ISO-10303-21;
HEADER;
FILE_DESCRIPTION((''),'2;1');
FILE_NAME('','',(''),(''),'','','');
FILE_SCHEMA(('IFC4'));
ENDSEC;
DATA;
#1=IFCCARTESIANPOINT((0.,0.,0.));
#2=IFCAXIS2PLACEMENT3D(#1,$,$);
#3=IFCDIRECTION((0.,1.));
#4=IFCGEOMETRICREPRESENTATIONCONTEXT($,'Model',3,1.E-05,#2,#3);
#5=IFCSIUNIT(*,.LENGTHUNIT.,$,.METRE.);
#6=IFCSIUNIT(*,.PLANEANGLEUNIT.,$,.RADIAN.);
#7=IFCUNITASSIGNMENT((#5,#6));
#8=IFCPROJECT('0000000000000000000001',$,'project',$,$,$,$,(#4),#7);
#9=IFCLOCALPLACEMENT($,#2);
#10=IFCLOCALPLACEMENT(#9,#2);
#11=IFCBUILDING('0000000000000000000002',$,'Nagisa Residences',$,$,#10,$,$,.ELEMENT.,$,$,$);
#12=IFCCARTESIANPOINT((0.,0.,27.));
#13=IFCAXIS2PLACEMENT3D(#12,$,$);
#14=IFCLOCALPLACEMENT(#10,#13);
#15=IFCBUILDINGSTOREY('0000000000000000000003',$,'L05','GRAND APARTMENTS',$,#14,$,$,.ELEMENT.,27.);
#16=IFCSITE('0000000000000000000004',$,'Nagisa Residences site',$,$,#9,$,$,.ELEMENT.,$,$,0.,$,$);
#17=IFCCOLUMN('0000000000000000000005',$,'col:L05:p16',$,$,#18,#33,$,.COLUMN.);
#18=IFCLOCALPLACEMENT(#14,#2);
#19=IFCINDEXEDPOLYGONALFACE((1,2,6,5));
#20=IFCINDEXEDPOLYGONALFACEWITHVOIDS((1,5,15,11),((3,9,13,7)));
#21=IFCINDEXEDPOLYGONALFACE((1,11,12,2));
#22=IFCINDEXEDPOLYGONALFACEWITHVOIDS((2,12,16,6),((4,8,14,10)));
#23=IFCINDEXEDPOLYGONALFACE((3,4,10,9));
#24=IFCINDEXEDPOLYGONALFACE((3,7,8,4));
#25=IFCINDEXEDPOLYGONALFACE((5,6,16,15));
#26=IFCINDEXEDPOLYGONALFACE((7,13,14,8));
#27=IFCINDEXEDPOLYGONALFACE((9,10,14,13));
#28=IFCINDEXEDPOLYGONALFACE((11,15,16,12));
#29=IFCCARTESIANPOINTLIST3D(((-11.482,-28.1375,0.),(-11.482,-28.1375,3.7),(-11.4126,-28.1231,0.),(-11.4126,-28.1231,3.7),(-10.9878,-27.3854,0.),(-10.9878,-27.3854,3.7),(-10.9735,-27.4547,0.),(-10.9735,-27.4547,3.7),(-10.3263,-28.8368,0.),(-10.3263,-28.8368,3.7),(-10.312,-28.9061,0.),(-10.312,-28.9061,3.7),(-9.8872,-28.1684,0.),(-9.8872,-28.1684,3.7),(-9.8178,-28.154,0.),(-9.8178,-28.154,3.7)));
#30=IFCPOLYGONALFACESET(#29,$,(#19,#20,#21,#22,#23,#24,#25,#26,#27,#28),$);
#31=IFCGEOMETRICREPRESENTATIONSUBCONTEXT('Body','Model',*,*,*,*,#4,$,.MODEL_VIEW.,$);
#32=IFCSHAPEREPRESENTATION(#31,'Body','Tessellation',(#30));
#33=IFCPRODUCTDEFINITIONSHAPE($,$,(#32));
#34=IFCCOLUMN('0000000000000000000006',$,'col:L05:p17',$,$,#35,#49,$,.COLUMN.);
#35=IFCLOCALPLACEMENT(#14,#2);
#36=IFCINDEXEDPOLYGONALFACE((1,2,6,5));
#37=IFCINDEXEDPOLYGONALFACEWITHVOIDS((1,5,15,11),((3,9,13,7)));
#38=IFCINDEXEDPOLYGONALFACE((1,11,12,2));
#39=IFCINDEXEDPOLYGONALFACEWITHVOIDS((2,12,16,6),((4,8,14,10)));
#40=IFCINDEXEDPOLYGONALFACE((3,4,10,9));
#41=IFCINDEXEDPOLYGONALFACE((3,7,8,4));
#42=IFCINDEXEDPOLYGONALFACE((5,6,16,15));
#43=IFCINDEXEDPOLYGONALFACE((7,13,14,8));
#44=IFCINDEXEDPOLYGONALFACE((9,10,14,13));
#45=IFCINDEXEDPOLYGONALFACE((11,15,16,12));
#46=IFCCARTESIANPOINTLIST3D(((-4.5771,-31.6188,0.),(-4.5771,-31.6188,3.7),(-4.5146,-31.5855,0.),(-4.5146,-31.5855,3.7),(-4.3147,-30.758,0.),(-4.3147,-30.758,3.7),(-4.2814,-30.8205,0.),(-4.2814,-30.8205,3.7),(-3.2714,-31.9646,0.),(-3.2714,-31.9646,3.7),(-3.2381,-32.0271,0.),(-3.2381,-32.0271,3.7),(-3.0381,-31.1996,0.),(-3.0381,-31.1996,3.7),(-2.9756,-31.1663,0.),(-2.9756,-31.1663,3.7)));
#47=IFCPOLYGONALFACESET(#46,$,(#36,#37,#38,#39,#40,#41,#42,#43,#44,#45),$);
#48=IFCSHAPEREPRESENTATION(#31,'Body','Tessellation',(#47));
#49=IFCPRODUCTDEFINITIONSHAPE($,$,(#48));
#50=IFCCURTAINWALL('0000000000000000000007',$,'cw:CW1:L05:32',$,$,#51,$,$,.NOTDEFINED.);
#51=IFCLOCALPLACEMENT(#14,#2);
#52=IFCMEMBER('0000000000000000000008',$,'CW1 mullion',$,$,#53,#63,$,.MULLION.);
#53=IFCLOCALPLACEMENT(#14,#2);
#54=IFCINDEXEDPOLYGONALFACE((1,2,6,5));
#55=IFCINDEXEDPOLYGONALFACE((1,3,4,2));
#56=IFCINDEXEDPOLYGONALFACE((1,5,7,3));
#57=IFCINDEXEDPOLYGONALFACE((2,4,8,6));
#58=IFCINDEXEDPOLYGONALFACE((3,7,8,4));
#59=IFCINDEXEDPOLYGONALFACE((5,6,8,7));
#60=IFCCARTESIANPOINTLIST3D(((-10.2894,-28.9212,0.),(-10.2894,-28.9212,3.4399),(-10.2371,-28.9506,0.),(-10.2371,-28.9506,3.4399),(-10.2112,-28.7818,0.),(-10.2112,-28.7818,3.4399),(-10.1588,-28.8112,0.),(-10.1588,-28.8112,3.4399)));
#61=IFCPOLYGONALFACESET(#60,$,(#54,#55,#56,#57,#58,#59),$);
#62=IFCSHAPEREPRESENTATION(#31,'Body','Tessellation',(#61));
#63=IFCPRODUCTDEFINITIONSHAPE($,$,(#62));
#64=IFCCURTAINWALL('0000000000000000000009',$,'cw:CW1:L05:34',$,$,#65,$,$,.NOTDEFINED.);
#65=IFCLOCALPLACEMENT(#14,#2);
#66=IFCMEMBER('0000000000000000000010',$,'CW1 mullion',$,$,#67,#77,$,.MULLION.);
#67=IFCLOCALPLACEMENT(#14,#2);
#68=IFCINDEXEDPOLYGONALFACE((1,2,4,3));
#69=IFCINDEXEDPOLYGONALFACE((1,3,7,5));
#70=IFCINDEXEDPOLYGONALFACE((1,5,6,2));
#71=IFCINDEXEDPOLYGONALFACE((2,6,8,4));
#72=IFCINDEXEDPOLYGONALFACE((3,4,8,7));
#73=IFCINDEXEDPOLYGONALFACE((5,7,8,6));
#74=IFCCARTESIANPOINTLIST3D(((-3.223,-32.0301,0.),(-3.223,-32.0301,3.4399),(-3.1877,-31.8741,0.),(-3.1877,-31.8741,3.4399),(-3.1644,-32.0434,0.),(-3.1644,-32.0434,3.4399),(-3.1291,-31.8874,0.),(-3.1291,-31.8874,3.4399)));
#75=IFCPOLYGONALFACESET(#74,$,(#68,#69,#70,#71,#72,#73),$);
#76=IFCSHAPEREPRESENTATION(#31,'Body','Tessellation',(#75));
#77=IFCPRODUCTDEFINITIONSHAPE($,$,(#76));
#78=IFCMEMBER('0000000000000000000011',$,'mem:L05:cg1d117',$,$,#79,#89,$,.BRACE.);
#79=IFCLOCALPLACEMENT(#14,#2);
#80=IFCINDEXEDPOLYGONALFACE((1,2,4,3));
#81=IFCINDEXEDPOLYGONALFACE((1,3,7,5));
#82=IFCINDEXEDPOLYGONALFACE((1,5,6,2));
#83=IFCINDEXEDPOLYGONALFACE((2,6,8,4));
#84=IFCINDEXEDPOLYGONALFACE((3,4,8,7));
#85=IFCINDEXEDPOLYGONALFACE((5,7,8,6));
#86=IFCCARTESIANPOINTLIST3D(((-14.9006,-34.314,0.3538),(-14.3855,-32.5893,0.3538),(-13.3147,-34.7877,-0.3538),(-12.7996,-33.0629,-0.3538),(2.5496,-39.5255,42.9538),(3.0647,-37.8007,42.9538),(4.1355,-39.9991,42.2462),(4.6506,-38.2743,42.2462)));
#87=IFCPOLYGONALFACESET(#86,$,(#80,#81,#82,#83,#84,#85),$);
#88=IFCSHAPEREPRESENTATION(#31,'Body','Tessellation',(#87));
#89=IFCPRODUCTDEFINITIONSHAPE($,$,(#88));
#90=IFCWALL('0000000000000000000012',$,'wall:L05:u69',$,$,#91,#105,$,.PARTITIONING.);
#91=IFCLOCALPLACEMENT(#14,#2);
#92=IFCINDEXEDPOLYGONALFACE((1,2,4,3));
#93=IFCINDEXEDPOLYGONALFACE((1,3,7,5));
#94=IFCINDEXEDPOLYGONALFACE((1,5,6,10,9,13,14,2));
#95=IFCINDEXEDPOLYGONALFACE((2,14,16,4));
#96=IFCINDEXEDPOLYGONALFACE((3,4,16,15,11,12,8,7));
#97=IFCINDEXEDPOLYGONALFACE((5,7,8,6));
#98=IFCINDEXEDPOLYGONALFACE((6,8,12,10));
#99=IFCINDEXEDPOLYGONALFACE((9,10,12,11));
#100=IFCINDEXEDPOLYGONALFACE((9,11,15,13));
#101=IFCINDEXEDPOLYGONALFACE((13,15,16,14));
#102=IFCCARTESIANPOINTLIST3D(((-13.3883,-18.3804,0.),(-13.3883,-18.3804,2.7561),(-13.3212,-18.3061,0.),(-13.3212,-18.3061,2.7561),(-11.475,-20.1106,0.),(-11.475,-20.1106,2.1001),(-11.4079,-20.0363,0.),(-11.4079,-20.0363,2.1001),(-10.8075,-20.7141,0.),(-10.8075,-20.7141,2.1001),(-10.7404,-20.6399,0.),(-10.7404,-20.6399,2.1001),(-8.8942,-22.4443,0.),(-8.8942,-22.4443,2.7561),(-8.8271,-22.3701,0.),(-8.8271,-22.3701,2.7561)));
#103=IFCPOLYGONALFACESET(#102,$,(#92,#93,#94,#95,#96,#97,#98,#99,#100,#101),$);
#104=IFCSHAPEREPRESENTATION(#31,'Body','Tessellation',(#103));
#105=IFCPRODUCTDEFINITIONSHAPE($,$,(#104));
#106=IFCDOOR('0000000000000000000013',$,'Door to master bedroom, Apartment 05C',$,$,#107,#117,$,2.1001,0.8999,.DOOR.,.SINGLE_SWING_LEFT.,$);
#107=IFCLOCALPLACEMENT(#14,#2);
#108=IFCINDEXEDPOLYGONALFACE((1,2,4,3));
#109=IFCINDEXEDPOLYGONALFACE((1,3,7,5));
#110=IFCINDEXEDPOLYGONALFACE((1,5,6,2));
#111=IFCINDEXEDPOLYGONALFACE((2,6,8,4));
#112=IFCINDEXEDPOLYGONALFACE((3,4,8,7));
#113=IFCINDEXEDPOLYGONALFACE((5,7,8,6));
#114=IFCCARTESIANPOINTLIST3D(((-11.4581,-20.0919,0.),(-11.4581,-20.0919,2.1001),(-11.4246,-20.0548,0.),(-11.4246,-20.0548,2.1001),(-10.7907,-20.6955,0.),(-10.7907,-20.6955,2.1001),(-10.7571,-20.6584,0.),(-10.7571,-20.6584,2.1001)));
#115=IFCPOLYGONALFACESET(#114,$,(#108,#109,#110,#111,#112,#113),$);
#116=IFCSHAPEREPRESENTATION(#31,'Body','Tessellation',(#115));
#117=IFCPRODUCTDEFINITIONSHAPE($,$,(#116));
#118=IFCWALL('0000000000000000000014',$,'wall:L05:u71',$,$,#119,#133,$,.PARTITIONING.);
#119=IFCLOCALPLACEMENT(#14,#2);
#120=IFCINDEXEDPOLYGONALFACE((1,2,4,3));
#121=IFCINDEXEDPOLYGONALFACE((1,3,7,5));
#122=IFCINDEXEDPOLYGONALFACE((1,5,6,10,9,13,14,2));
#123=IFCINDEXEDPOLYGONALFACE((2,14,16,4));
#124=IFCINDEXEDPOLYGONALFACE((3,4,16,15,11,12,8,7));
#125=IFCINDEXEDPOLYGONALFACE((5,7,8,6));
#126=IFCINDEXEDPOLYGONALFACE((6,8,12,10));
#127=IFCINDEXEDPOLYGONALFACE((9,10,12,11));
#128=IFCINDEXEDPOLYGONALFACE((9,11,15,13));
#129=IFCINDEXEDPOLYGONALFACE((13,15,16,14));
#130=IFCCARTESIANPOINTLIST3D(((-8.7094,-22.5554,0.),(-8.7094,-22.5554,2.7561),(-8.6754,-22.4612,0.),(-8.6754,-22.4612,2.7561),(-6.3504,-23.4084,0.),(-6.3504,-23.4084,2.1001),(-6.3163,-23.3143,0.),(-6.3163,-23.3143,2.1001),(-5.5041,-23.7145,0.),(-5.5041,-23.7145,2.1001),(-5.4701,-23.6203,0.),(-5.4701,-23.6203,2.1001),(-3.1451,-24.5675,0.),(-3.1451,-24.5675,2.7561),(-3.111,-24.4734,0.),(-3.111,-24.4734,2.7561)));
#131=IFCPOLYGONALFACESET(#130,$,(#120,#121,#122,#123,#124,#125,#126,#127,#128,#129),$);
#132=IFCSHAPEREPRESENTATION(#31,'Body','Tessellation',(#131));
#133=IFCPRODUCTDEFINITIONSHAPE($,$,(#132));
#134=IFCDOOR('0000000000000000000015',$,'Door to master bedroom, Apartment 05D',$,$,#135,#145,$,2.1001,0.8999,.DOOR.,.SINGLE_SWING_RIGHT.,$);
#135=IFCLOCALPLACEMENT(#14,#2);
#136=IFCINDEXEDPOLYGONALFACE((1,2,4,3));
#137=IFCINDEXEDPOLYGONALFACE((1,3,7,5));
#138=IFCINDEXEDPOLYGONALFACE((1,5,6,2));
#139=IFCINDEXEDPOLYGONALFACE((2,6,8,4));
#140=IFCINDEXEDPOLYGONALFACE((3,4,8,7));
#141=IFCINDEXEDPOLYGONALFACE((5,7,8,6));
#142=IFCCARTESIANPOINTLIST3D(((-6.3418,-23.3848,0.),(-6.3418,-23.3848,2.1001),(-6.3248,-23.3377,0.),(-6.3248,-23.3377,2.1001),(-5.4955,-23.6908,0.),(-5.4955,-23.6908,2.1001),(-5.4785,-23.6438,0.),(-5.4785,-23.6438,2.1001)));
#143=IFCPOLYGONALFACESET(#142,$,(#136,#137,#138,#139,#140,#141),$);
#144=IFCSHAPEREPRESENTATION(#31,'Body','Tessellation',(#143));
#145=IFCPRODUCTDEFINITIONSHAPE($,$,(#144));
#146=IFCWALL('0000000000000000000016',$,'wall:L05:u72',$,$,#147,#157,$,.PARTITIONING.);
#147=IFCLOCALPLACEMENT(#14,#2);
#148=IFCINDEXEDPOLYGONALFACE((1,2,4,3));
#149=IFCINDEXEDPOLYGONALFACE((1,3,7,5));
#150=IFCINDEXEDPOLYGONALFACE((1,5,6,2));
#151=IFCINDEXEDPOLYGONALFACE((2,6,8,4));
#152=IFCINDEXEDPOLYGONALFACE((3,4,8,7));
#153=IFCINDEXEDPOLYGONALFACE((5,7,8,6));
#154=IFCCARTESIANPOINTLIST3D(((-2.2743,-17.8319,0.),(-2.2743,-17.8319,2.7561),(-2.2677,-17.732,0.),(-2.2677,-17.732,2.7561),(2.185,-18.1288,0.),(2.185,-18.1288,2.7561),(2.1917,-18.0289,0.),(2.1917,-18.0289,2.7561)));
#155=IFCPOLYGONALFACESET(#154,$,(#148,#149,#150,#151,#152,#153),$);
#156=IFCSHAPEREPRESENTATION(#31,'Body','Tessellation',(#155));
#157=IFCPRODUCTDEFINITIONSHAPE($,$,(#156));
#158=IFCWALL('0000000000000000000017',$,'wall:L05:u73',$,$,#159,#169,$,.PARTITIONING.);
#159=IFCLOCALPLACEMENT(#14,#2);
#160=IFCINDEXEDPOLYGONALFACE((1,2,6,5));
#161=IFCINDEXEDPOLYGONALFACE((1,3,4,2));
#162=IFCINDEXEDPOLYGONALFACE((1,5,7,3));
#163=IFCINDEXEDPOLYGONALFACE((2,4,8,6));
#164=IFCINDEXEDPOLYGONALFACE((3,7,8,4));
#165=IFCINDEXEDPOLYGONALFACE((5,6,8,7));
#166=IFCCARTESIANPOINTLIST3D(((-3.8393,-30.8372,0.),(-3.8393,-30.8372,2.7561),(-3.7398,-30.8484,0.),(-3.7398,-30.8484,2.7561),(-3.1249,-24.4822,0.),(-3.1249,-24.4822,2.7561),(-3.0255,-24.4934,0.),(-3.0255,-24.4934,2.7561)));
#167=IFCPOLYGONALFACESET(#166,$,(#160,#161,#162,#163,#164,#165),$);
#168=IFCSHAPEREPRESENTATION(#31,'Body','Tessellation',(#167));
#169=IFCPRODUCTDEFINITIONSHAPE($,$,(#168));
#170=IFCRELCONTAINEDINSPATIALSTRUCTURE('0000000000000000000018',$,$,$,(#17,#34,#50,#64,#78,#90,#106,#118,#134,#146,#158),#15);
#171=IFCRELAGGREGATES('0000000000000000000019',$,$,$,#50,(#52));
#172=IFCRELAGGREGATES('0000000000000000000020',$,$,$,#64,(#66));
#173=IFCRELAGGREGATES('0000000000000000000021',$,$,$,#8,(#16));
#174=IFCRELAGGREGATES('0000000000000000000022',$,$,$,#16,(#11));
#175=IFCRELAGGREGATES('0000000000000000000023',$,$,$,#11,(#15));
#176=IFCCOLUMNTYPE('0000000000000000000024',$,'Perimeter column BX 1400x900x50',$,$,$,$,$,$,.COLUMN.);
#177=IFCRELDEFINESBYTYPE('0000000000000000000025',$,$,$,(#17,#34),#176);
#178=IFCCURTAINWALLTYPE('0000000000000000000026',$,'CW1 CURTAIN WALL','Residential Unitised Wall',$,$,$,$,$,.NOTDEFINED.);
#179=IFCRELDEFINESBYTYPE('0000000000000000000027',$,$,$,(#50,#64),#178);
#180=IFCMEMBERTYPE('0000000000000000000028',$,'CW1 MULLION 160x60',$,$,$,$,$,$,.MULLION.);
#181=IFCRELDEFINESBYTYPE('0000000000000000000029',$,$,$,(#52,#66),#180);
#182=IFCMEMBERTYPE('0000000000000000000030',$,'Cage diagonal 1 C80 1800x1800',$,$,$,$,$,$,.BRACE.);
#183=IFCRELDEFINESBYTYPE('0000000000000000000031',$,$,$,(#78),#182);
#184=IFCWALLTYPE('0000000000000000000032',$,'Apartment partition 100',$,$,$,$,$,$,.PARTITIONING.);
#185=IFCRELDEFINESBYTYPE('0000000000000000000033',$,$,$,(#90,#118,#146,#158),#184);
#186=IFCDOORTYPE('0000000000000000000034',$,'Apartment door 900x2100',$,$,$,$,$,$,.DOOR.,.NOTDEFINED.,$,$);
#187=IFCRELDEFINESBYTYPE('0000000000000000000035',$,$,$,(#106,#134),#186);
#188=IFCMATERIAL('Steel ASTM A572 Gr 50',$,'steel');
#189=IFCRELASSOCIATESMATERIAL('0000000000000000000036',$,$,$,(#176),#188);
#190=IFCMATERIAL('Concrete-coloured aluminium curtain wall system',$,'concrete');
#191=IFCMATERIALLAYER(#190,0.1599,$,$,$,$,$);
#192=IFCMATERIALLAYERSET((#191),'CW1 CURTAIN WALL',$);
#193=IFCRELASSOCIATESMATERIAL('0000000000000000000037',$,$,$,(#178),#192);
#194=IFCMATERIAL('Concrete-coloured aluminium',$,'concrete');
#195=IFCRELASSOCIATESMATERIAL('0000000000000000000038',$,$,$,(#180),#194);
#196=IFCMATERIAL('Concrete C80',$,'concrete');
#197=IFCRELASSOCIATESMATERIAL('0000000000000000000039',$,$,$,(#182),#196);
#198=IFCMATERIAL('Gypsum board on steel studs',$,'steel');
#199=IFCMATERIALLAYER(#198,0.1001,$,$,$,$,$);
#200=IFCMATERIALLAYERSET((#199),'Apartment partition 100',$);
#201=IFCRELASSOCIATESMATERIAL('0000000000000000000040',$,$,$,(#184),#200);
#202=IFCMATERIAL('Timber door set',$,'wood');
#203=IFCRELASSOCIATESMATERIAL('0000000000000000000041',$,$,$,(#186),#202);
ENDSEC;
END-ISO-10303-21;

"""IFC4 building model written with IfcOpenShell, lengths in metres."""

from ifc_helpers import new_model, si_unit, direction, frame, frame_2d, origin, origin_2d, place, context, subcontext, project, spatial, rectangle, hollow_rectangle, extrude, material, layer, layer_set, material_profile, profile_set, type_object, element, fill, aggregate, save


model = new_model("IFC4")

# Units and contexts
model_context = context("Model", 3, precision=1e-05, world=origin(), true_north=direction((0.0, 1.0)))
body_context = subcontext(model_context, "Body", "Model", "MODEL_VIEW")
ifc_project = project(units=[si_unit("LENGTHUNIT", "METRE"), si_unit("PLANEANGLEUNIT", "RADIAN")], contexts=[model_context])

# Site, building, storey
site_placement = place(None, origin())
site = spatial("IfcSite", under=ifc_project, at=site_placement, Name="Nagisa Residences site", CompositionType="ELEMENT", RefElevation=0.0)
building_placement = place(site_placement, origin())
building = spatial("IfcBuilding", under=site, at=building_placement, Name="Nagisa Residences", CompositionType="ELEMENT")
storey_placement = place(building_placement, frame((0.0, 0.0, 27.0)))
storey = spatial("IfcBuildingStorey", under=building, at=storey_placement, Name="L05", Description="GRAND APARTMENTS", CompositionType="ELEMENT", Elevation=27.0)

# Columns
ifc_material_1 = material(Name="Steel ASTM A572 Gr 50", Category="steel")
ifc_material_profile_1 = material_profile(ifc_material_1, hollow_rectangle(XDim=1.3999, YDim=0.8999, WallThickness=0.05, at=origin_2d()), Name="BX 1400x900x50")
ifc_profile_set_1 = profile_set([ifc_material_profile_1], Name="Steel ASTM A572 Gr 50")
column_type = type_object("IfcColumnType", Name="Perimeter column BX 1400x900x50", PredefinedType="COLUMN", material=ifc_profile_set_1)
for number, where, z_axis, x_axis, name in (
    (1, (-10.6499, -28.1458, 0.0), (0.0, 0.0, 1.0), (0.835766, -0.549086, 0.0), "col:L05:p16"),
    (2, (-3.7764, -31.3926, 0.0), (0.0, 0.0, 1.0), (0.956525, -0.291652, 0.0), "col:L05:p17"),
):
    element("IfcColumn", number, at=place(storey_placement, frame(where, z_axis=z_axis, x_axis=x_axis)), inside=storey, type_object=column_type, Name=name, PredefinedType="COLUMN", context=body_context, shape_type="SweptSolid", body=[
        extrude(hollow_rectangle(XDim=1.3999, YDim=0.8999, WallThickness=0.05, at=origin_2d()), origin(), (0.0, 0.0, 1.0), 3.7),
    ])

# Curtain walls, members
ifc_material_2 = material(Name="Concrete-coloured aluminium curtain wall system", Category="concrete")
ifc_layer_1 = layer(ifc_material_2, 0.1599)
ifc_layer_set_1 = layer_set([ifc_layer_1], Name="CW1 CURTAIN WALL")
curtain_wall_type = type_object("IfcCurtainWallType", Name="CW1 CURTAIN WALL", Description="Residential Unitised Wall", PredefinedType="NOTDEFINED", material=ifc_layer_set_1)
curtain_wall_1_placement = place(storey_placement, origin())
curtain_wall_1 = element("IfcCurtainWall", 3, at=curtain_wall_1_placement, inside=storey, type_object=curtain_wall_type, Name="cw:CW1:L05:32", PredefinedType="NOTDEFINED")
ifc_material_3 = material(Name="Concrete-coloured aluminium", Category="concrete")
ifc_material_profile_2 = material_profile(ifc_material_3, rectangle(XDim=0.1599, YDim=0.0601, at=origin_2d()), Name="CW1 MULLION 160x60")
ifc_profile_set_2 = profile_set([ifc_material_profile_2], Name="Concrete-coloured aluminium")
member_type_1 = type_object("IfcMemberType", Name="CW1 MULLION 160x60", PredefinedType="MULLION", material=ifc_profile_set_2)
member_1_placement = place(storey_placement, frame((-10.2241, -28.8662, 0.0), z_axis=(0.0, 0.0, 1.0), x_axis=(0.489377, 0.872072, 0.0)))
member_1 = element("IfcMember", 4, at=member_1_placement, type_object=member_type_1, Name="CW1 mullion", PredefinedType="MULLION", context=body_context, shape_type="SweptSolid", body=[
    extrude(rectangle(XDim=0.1599, YDim=0.0601, at=origin_2d()), origin(), (0.0, 0.0, 1.0), 3.4399),
])
aggregate(curtain_wall_1, [member_1])
curtain_wall_2_placement = place(storey_placement, origin())
curtain_wall_2 = element("IfcCurtainWall", 5, at=curtain_wall_2_placement, inside=storey, type_object=curtain_wall_type, Name="cw:CW1:L05:34", PredefinedType="NOTDEFINED")
member_2_placement = place(storey_placement, frame((-3.176, -31.9587, 0.0), z_axis=(0.0, 0.0, 1.0), x_axis=(0.220764, 0.975327, 0.0)))
member_2 = element("IfcMember", 6, at=member_2_placement, type_object=member_type_1, Name="CW1 mullion", PredefinedType="MULLION", context=body_context, shape_type="SweptSolid", body=[
    extrude(rectangle(XDim=0.1599, YDim=0.0601, at=origin_2d()), origin(), (0.0, 0.0, 1.0), 3.4399),
])
aggregate(curtain_wall_2, [member_2])

# Member
ifc_material_4 = material(Name="Concrete C80", Category="concrete")
ifc_material_profile_3 = material_profile(ifc_material_4, rectangle(XDim=1.8, YDim=1.8, at=origin_2d()), Name="C80 1800x1800")
ifc_profile_set_3 = profile_set([ifc_material_profile_3], Name="Concrete C80")
member_type_2 = type_object("IfcMemberType", Name="Cage diagonal 1 C80 1800x1800", PredefinedType="BRACE", material=ifc_profile_set_3)
member_3_placement = place(storey_placement, frame((-13.8501, -33.6885, 0.0), z_axis=(0.376653, -0.112486, 0.9195), x_axis=(0.286157, 0.958183, 0.0)))
element("IfcMember", 7, at=member_3_placement, inside=storey, type_object=member_type_2, Name="mem:L05:cg1d117", PredefinedType="BRACE", context=body_context, shape_type="SweptSolid", body=[
    extrude(rectangle(XDim=1.8, YDim=1.8, at=origin_2d()), origin(), (0.0, 0.0, 1.0), 46.3296),
])

# Walls, openings, doors
ifc_material_5 = material(Name="Gypsum board on steel studs", Category="steel")
ifc_layer_2 = layer(ifc_material_5, 0.1001)
ifc_layer_set_2 = layer_set([ifc_layer_2], Name="Apartment partition 100")
wall_type_1 = type_object("IfcWallType", Name="Apartment partition 100", PredefinedType="PARTITIONING", material=ifc_layer_set_2)
wall_1_placement = place(storey_placement, frame((-13.3547, -18.3433, 0.0), z_axis=(0.0, 0.0, 1.0), x_axis=(0.741713, -0.670717, 0.0)))
wall_1 = element("IfcWall", 8, at=wall_1_placement, inside=storey, type_object=wall_type_1, Name="wall:L05:u69", PredefinedType="PARTITIONING", context=body_context, shape_type="SweptSolid", body=[
    extrude(rectangle(XDim=6.0591, YDim=0.1001, at=frame_2d((3.0295, 0.0))), origin(), (0.0, 0.0, 1.0), 2.7561),
])
opening_1_placement = place(wall_1_placement, frame((2.5796, 0.0, 0.0)))
opening_1 = element("IfcOpeningElement", 9, at=opening_1_placement, cuts=wall_1, PredefinedType="OPENING", context=body_context, shape_type="SweptSolid", body=[
    extrude(rectangle(XDim=0.8999, YDim=2.1001, at=frame_2d((0.45, 1.05))), frame((0.0, 0.0601, 0.0), z_axis=(0.0, -1.0, 0.0), x_axis=(1.0, 0.0, 0.0)), (0.0, 0.0, 1.0), 0.1201),
])
ifc_material_6 = material(Name="Timber door set", Category="wood")
door_type_1 = type_object("IfcDoorType", Name="Apartment door 900x2100", OperationType="NOTDEFINED", PredefinedType="DOOR", material=ifc_material_6)
door_1_placement = place(opening_1_placement, frame((0.8999, 0.0, 0.0), x_axis=(-1.0, 0.0, 0.0)))
door_1 = element("IfcDoor", 10, at=door_1_placement, inside=storey, type_object=door_type_1, Name="Door to master bedroom, Apartment 05C", OperationType="SINGLE_SWING_LEFT", OverallHeight=2.1001, OverallWidth=0.8999, PredefinedType="DOOR", context=body_context, shape_type="SweptSolid", body=[
    extrude(rectangle(XDim=0.8999, YDim=2.1001, at=frame_2d((0.45, 1.05))), frame((0.0, 0.0249, 0.0), z_axis=(0.0, -1.0, 0.0), x_axis=(1.0, 0.0, 0.0)), (0.0, 0.0, 1.0), 0.05),
])
fill(opening_1, door_1)
wall_2_placement = place(storey_placement, frame((-8.6924, -22.5083, 0.0), z_axis=(0.0, 0.0, 1.0), x_axis=(0.940401, -0.340066, 0.0)))
wall_2 = element("IfcWall", 11, at=wall_2_placement, inside=storey, type_object=wall_type_1, Name="wall:L05:u71", PredefinedType="PARTITIONING", context=body_context, shape_type="SweptSolid", body=[
    extrude(rectangle(XDim=5.917, YDim=0.1001, at=frame_2d((2.9585, 0.0))), origin(), (0.0, 0.0, 1.0), 2.7561),
])
opening_2_placement = place(wall_2_placement, frame((2.5085, 0.0, 0.0)))
opening_2 = element("IfcOpeningElement", 12, at=opening_2_placement, cuts=wall_2, PredefinedType="OPENING", context=body_context, shape_type="SweptSolid", body=[
    extrude(rectangle(XDim=0.8999, YDim=2.1001, at=frame_2d((0.45, 1.05))), frame((0.0, 0.0601, 0.0), z_axis=(0.0, -1.0, 0.0), x_axis=(1.0, 0.0, 0.0)), (0.0, 0.0, 1.0), 0.1201),
])
door_2_placement = place(opening_2_placement, frame((0.8999, 0.0, 0.0), x_axis=(-1.0, 0.0, 0.0)))
door_2 = element("IfcDoor", 13, at=door_2_placement, inside=storey, type_object=door_type_1, Name="Door to master bedroom, Apartment 05D", OperationType="SINGLE_SWING_RIGHT", OverallHeight=2.1001, OverallWidth=0.8999, PredefinedType="DOOR", context=body_context, shape_type="SweptSolid", body=[
    extrude(rectangle(XDim=0.8999, YDim=2.1001, at=frame_2d((0.45, 1.05))), frame((0.0, 0.0249, 0.0), z_axis=(0.0, -1.0, 0.0), x_axis=(1.0, 0.0, 0.0)), (0.0, 0.0, 1.0), 0.05),
])
fill(opening_2, door_2)

# Walls
wall_3_placement = place(storey_placement, frame((-2.271, -17.782, 0.0), z_axis=(0.0, 0.0, 1.0), x_axis=(0.997791, -0.066425, 0.0)))
element("IfcWall", 14, at=wall_3_placement, inside=storey, type_object=wall_type_1, Name="wall:L05:u72", PredefinedType="PARTITIONING", context=body_context, shape_type="SweptSolid", body=[
    extrude(rectangle(XDim=4.4692, YDim=0.1001, at=frame_2d((2.2346, 0.0))), origin(), (0.0, 0.0, 1.0), 2.7561),
])
wall_4_placement = place(storey_placement, frame((-3.0752, -24.4878, 0.0), z_axis=(0.0, 0.0, 1.0), x_axis=(-0.111705, -0.993741, 0.0)))
element("IfcWall", 15, at=wall_4_placement, inside=storey, type_object=wall_type_1, Name="wall:L05:u73", PredefinedType="PARTITIONING", context=body_context, shape_type="SweptSolid", body=[
    extrude(rectangle(XDim=6.395, YDim=0.1001, at=frame_2d((3.1975, 0.0))), origin(), (0.0, 0.0, 1.0), 2.7561),
])

save(model, "model.ifc")
